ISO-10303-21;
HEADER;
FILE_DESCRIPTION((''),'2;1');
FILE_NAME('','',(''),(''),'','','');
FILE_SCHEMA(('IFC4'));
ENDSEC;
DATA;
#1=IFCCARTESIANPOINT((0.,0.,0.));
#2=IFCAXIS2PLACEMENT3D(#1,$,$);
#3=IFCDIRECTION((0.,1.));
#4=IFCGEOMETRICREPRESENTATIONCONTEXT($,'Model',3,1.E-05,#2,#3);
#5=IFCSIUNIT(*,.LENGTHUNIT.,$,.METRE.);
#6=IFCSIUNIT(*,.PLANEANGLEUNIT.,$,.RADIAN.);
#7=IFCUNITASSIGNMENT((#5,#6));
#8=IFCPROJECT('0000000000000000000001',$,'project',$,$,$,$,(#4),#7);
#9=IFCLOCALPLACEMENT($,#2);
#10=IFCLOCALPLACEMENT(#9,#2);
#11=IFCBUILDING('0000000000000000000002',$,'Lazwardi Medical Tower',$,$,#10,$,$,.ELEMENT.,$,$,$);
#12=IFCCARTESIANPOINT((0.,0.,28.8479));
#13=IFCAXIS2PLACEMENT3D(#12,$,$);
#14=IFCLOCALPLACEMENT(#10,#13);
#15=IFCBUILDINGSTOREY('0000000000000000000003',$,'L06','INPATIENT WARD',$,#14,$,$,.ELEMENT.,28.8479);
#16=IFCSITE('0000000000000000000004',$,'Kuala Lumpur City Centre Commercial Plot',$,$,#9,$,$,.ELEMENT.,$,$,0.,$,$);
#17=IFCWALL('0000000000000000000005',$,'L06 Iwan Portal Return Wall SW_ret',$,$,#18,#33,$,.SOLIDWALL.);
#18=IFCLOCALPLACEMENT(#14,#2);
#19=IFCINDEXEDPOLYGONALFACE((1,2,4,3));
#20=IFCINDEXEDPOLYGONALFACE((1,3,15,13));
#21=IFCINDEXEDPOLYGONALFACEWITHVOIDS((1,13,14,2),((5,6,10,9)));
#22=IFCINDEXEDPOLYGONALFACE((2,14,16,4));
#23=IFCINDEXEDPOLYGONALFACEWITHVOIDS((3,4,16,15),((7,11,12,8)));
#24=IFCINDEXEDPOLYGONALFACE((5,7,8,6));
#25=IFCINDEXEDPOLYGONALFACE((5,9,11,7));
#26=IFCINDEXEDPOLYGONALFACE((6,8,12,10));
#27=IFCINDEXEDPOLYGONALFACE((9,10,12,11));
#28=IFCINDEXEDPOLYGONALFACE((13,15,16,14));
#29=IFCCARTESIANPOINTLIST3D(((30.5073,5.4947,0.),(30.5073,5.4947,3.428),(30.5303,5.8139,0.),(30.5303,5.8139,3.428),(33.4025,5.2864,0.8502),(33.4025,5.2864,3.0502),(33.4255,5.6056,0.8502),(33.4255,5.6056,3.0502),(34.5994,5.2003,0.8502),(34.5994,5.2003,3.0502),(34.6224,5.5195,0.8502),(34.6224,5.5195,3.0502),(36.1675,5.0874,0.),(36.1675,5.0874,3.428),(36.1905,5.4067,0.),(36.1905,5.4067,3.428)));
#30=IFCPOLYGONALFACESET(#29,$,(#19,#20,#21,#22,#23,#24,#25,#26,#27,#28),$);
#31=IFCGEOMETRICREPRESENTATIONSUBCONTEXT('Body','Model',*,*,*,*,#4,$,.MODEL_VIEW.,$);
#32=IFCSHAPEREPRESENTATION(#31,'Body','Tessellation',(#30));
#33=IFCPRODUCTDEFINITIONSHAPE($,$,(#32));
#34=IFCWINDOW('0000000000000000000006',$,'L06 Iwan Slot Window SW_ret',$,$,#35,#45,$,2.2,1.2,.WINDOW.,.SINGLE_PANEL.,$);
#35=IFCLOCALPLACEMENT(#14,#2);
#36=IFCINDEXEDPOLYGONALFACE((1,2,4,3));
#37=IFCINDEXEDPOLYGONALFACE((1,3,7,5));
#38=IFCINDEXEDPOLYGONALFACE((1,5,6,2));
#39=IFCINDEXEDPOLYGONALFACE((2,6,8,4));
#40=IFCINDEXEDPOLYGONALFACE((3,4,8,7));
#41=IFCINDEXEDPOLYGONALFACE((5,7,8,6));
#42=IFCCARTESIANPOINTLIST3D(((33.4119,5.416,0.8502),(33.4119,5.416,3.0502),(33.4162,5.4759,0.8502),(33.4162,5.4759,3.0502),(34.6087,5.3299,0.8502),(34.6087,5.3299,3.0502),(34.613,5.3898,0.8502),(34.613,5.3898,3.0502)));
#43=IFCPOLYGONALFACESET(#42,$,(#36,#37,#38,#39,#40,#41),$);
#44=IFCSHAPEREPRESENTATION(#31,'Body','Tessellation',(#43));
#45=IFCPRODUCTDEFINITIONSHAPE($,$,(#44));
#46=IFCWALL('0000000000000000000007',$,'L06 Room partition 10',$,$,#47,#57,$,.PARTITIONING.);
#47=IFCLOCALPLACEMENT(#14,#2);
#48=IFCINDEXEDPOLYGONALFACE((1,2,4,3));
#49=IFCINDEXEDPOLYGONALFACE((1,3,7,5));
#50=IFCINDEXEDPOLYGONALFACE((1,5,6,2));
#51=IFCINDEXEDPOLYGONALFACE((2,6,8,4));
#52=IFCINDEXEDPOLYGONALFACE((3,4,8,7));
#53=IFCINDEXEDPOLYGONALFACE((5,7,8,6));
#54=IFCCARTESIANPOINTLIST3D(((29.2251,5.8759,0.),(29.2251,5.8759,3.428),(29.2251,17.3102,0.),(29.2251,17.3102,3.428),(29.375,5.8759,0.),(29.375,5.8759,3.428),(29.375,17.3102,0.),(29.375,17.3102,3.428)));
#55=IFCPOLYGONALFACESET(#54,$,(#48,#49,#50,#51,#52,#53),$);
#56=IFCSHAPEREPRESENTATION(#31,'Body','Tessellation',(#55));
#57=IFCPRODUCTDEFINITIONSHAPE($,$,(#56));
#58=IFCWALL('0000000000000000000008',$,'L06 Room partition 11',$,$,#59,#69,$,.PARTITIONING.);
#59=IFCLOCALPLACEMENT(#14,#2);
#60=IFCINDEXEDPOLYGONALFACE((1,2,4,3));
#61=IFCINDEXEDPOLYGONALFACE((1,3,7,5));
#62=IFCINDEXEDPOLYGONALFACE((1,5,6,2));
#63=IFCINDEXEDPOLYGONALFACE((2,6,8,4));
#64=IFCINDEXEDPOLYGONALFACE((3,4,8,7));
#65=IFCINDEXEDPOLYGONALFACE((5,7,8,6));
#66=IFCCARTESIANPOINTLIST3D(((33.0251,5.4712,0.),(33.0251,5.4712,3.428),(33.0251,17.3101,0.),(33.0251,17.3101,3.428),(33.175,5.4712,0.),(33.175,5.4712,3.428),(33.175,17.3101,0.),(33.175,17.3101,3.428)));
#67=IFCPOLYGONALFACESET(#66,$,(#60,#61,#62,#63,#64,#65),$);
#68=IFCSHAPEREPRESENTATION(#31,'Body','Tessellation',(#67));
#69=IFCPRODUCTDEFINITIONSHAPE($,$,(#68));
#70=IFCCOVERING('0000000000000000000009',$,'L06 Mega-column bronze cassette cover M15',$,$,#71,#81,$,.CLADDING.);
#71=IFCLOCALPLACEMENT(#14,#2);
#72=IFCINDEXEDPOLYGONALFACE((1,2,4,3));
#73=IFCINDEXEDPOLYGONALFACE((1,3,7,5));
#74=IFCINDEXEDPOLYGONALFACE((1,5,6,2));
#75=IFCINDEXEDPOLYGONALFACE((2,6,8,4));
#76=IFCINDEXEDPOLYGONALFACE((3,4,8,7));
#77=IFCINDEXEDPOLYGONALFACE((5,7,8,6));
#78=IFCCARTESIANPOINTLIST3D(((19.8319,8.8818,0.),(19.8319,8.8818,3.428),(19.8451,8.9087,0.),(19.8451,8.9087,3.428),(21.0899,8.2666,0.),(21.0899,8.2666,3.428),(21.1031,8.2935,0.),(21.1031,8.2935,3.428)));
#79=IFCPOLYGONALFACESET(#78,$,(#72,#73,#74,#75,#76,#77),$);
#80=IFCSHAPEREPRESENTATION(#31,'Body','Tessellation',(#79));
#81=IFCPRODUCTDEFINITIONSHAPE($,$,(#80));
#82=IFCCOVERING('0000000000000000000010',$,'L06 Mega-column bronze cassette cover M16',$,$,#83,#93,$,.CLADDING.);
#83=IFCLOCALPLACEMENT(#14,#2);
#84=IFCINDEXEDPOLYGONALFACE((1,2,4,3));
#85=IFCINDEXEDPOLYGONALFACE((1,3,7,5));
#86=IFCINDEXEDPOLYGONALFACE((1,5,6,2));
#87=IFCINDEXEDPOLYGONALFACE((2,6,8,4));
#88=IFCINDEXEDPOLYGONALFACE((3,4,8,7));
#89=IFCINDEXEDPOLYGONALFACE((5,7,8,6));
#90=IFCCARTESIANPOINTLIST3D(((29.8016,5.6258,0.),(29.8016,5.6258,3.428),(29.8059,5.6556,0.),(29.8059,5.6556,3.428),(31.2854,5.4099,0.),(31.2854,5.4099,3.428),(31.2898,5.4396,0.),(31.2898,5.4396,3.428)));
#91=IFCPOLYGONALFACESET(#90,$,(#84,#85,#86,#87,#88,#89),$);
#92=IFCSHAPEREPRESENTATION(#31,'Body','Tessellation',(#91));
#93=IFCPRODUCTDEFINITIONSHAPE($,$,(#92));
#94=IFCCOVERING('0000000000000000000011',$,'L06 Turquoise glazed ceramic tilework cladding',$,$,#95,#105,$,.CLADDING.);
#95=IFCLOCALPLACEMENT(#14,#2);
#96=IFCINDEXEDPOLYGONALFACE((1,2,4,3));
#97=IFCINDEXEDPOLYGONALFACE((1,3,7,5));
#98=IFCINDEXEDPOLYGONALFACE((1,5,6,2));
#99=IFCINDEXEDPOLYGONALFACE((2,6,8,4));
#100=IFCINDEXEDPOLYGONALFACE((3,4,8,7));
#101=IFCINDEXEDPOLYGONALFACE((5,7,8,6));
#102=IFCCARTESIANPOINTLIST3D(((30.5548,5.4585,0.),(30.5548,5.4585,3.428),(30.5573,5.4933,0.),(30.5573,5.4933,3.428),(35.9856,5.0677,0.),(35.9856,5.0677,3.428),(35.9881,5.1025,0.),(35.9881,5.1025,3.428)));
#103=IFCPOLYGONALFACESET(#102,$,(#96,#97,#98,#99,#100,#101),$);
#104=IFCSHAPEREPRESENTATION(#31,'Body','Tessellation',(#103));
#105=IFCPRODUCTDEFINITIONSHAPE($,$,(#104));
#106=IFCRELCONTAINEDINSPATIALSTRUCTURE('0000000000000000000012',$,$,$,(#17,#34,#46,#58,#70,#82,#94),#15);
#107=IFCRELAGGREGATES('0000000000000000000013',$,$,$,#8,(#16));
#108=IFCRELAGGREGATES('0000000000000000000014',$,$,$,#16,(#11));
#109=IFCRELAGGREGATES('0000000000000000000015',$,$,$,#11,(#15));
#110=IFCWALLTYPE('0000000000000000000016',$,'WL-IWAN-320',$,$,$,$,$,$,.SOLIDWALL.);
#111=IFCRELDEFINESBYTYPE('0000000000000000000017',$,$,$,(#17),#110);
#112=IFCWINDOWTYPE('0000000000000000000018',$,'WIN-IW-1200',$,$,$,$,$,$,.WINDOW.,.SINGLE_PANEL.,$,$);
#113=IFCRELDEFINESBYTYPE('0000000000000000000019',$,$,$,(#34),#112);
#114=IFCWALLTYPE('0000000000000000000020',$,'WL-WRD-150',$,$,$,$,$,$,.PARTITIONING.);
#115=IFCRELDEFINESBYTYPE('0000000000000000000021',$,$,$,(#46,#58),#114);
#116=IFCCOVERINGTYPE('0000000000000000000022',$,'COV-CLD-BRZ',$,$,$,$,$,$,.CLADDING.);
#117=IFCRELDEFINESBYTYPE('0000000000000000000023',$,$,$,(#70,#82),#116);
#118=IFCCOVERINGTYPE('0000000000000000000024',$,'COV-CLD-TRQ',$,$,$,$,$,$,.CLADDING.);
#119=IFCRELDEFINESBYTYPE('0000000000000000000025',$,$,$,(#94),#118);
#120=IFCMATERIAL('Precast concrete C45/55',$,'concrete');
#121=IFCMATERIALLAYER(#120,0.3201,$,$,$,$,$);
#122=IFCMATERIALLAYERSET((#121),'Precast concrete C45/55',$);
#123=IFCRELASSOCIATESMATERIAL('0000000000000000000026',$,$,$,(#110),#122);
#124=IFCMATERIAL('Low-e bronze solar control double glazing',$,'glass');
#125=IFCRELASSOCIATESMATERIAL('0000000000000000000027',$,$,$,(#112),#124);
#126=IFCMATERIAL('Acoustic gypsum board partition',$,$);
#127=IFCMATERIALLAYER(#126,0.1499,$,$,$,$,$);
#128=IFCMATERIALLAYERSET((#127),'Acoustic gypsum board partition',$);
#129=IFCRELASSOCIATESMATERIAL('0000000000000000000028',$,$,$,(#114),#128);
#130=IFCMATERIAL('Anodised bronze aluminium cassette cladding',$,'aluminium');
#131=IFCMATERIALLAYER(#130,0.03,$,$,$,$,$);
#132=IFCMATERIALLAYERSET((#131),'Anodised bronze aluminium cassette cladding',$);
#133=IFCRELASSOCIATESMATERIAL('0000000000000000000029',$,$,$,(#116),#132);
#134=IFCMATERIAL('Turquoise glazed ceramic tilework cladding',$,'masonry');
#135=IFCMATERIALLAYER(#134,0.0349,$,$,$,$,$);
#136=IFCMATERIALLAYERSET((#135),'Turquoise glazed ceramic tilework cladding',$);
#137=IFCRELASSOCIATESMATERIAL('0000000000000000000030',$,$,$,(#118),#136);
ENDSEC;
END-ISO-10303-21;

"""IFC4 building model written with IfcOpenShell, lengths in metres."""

from ifc_helpers import new_model, si_unit, direction, frame, frame_2d, origin, origin_2d, place, context, subcontext, project, spatial, rectangle, extrude, material, layer, layer_set, type_object, element, fill, save


model = new_model("IFC4")

# Units and contexts
model_context = context("Model", 3, precision=1e-05, world=origin(), true_north=direction((0.0, 1.0)))
body_context = subcontext(model_context, "Body", "Model", "MODEL_VIEW")
ifc_project = project(units=[si_unit("LENGTHUNIT", "METRE"), si_unit("PLANEANGLEUNIT", "RADIAN")], contexts=[model_context])

# Site, building, storey
site_placement = place(None, origin())
site = spatial("IfcSite", under=ifc_project, at=site_placement, Name="Kuala Lumpur City Centre Commercial Plot", CompositionType="ELEMENT", RefElevation=0.0)
building_placement = place(site_placement, origin())
building = spatial("IfcBuilding", under=site, at=building_placement, Name="Lazwardi Medical Tower", CompositionType="ELEMENT")
storey_placement = place(building_placement, frame((0.0, 0.0, 28.8479)))
storey = spatial("IfcBuildingStorey", under=building, at=storey_placement, Name="L06", Description="INPATIENT WARD", CompositionType="ELEMENT", Elevation=28.8479)

# Shared definitions
ifc_material_1 = material(Name="Low-e bronze solar control double glazing", Category="glass")

# Wall, opening, window
ifc_material_2 = material(Name="Precast concrete C45/55", Category="concrete")
ifc_layer_1 = layer(ifc_material_2, 0.3201)
ifc_layer_set_1 = layer_set([ifc_layer_1], Name="Precast concrete C45/55")
wall_type_1 = type_object("IfcWallType", Name="WL-IWAN-320", PredefinedType="SOLIDWALL", material=ifc_layer_set_1)
wall_1_placement = place(storey_placement, frame((30.5188, 5.6543, 0.0), z_axis=(0.0, 0.0, 1.0), x_axis=(0.997422, -0.071761, 0.0)))
wall_1 = element("IfcWall", 1, at=wall_1_placement, inside=storey, type_object=wall_type_1, Name="L06 Iwan Portal Return Wall SW_ret", PredefinedType="SOLIDWALL", context=body_context, shape_type="SweptSolid", body=[
    extrude(rectangle(XDim=5.6748, YDim=0.3201, at=frame_2d((2.8374, 0.0))), origin(), (0.0, 0.0, 1.0), 3.428),
])
opening_placement = place(wall_1_placement, frame((2.9026, 0.0, 0.8501)))
opening = element("IfcOpeningElement", 2, at=opening_placement, cuts=wall_1, PredefinedType="OPENING", context=body_context, shape_type="SweptSolid", body=[
    extrude(rectangle(XDim=1.2, YDim=2.2, at=frame_2d((0.6001, 1.1001))), frame((0.0, 0.1699, 0.0), z_axis=(0.0, -1.0, 0.0), x_axis=(1.0, 0.0, 0.0)), (0.0, 0.0, 1.0), 0.3401),
])
window_type = type_object("IfcWindowType", Name="WIN-IW-1200", PartitioningType="SINGLE_PANEL", PredefinedType="WINDOW", material=ifc_material_1)
window_placement = place(opening_placement, origin())
window = element("IfcWindow", 3, at=window_placement, inside=storey, type_object=window_type, Name="L06 Iwan Slot Window SW_ret", OverallHeight=2.2, OverallWidth=1.2, PartitioningType="SINGLE_PANEL", PredefinedType="WINDOW", context=body_context, shape_type="SweptSolid", body=[
    extrude(rectangle(XDim=1.2, YDim=2.2, at=frame_2d((0.6001, 1.1001))), frame((0.0, 0.03, 0.0), z_axis=(0.0, -1.0, 0.0), x_axis=(1.0, 0.0, 0.0)), (0.0, 0.0, 1.0), 0.0601),
])
fill(opening, window)

# Walls
ifc_material_3 = material(Name="Acoustic gypsum board partition")
ifc_layer_2 = layer(ifc_material_3, 0.1499)
ifc_layer_set_2 = layer_set([ifc_layer_2], Name="Acoustic gypsum board partition")
wall_type_2 = type_object("IfcWallType", Name="WL-WRD-150", PredefinedType="PARTITIONING", material=ifc_layer_set_2)
wall_2_placement = place(storey_placement, frame((29.3, 5.8757, 0.0), z_axis=(0.0, 0.0, 1.0), x_axis=(0.0, 1.0, 0.0)))
element("IfcWall", 4, at=wall_2_placement, inside=storey, type_object=wall_type_2, Name="L06 Room partition 10", PredefinedType="PARTITIONING", context=body_context, shape_type="SweptSolid", body=[
    extrude(rectangle(XDim=11.4343, YDim=0.1499, at=frame_2d((5.7173, 0.0))), origin(), (0.0, 0.0, 1.0), 3.428),
])
wall_3_placement = place(storey_placement, frame((33.1001, 5.4712, 0.0), z_axis=(0.0, 0.0, 1.0), x_axis=(0.0, 1.0, 0.0)))
element("IfcWall", 5, at=wall_3_placement, inside=storey, type_object=wall_type_2, Name="L06 Room partition 11", PredefinedType="PARTITIONING", context=body_context, shape_type="SweptSolid", body=[
    extrude(rectangle(XDim=11.8389, YDim=0.1499, at=frame_2d((5.9194, 0.0))), origin(), (0.0, 0.0, 1.0), 3.428),
])

# Coverings
ifc_material_4 = material(Name="Anodised bronze aluminium cassette cladding", Category="aluminium")
ifc_layer_3 = layer(ifc_material_4, 0.03)
ifc_layer_set_3 = layer_set([ifc_layer_3], Name="Anodised bronze aluminium cassette cladding")
covering_type_1 = type_object("IfcCoveringType", Name="COV-CLD-BRZ", PredefinedType="CLADDING", material=ifc_layer_set_3)
covering_1_placement = place(storey_placement, frame((20.4675, 8.5876, 0.0), z_axis=(0.0, 0.0, 1.0), x_axis=(0.898334, -0.439312, 0.0)))
element("IfcCovering", 6, at=covering_1_placement, inside=storey, type_object=covering_type_1, Name="L06 Mega-column bronze cassette cover M15", PredefinedType="CLADDING", context=body_context, shape_type="SweptSolid", body=[
    extrude(rectangle(XDim=1.4004, YDim=0.03, at=origin_2d()), origin(), (0.0, 0.0, 1.0), 3.428),
])
covering_2_placement = place(storey_placement, frame((30.5457, 5.5327, 0.0), z_axis=(0.0, 0.0, 1.0), x_axis=(0.989573, -0.144035, 0.0)))
element("IfcCovering", 7, at=covering_2_placement, inside=storey, type_object=covering_type_1, Name="L06 Mega-column bronze cassette cover M16", PredefinedType="CLADDING", context=body_context, shape_type="SweptSolid", body=[
    extrude(rectangle(XDim=1.4995, YDim=0.03, at=origin_2d()), origin(), (0.0, 0.0, 1.0), 3.428),
])
ifc_material_5 = material(Name="Turquoise glazed ceramic tilework cladding", Category="masonry")
ifc_layer_4 = layer(ifc_material_5, 0.0349)
ifc_layer_set_4 = layer_set([ifc_layer_4], Name="Turquoise glazed ceramic tilework cladding")
covering_type_2 = type_object("IfcCoveringType", Name="COV-CLD-TRQ", PredefinedType="CLADDING", material=ifc_layer_set_4)
covering_3_placement = place(storey_placement, frame((33.2715, 5.2805, 0.0), z_axis=(0.0, 0.0, 1.0), x_axis=(0.997421, -0.071774, 0.0)))
element("IfcCovering", 8, at=covering_3_placement, inside=storey, type_object=covering_type_2, Name="L06 Turquoise glazed ceramic tilework cladding", PredefinedType="CLADDING", context=body_context, shape_type="SweptSolid", body=[
    extrude(rectangle(XDim=5.4448, YDim=0.0349, at=origin_2d()), origin(), (0.0, 0.0, 1.0), 3.428),
])

save(model, "model.ifc")
